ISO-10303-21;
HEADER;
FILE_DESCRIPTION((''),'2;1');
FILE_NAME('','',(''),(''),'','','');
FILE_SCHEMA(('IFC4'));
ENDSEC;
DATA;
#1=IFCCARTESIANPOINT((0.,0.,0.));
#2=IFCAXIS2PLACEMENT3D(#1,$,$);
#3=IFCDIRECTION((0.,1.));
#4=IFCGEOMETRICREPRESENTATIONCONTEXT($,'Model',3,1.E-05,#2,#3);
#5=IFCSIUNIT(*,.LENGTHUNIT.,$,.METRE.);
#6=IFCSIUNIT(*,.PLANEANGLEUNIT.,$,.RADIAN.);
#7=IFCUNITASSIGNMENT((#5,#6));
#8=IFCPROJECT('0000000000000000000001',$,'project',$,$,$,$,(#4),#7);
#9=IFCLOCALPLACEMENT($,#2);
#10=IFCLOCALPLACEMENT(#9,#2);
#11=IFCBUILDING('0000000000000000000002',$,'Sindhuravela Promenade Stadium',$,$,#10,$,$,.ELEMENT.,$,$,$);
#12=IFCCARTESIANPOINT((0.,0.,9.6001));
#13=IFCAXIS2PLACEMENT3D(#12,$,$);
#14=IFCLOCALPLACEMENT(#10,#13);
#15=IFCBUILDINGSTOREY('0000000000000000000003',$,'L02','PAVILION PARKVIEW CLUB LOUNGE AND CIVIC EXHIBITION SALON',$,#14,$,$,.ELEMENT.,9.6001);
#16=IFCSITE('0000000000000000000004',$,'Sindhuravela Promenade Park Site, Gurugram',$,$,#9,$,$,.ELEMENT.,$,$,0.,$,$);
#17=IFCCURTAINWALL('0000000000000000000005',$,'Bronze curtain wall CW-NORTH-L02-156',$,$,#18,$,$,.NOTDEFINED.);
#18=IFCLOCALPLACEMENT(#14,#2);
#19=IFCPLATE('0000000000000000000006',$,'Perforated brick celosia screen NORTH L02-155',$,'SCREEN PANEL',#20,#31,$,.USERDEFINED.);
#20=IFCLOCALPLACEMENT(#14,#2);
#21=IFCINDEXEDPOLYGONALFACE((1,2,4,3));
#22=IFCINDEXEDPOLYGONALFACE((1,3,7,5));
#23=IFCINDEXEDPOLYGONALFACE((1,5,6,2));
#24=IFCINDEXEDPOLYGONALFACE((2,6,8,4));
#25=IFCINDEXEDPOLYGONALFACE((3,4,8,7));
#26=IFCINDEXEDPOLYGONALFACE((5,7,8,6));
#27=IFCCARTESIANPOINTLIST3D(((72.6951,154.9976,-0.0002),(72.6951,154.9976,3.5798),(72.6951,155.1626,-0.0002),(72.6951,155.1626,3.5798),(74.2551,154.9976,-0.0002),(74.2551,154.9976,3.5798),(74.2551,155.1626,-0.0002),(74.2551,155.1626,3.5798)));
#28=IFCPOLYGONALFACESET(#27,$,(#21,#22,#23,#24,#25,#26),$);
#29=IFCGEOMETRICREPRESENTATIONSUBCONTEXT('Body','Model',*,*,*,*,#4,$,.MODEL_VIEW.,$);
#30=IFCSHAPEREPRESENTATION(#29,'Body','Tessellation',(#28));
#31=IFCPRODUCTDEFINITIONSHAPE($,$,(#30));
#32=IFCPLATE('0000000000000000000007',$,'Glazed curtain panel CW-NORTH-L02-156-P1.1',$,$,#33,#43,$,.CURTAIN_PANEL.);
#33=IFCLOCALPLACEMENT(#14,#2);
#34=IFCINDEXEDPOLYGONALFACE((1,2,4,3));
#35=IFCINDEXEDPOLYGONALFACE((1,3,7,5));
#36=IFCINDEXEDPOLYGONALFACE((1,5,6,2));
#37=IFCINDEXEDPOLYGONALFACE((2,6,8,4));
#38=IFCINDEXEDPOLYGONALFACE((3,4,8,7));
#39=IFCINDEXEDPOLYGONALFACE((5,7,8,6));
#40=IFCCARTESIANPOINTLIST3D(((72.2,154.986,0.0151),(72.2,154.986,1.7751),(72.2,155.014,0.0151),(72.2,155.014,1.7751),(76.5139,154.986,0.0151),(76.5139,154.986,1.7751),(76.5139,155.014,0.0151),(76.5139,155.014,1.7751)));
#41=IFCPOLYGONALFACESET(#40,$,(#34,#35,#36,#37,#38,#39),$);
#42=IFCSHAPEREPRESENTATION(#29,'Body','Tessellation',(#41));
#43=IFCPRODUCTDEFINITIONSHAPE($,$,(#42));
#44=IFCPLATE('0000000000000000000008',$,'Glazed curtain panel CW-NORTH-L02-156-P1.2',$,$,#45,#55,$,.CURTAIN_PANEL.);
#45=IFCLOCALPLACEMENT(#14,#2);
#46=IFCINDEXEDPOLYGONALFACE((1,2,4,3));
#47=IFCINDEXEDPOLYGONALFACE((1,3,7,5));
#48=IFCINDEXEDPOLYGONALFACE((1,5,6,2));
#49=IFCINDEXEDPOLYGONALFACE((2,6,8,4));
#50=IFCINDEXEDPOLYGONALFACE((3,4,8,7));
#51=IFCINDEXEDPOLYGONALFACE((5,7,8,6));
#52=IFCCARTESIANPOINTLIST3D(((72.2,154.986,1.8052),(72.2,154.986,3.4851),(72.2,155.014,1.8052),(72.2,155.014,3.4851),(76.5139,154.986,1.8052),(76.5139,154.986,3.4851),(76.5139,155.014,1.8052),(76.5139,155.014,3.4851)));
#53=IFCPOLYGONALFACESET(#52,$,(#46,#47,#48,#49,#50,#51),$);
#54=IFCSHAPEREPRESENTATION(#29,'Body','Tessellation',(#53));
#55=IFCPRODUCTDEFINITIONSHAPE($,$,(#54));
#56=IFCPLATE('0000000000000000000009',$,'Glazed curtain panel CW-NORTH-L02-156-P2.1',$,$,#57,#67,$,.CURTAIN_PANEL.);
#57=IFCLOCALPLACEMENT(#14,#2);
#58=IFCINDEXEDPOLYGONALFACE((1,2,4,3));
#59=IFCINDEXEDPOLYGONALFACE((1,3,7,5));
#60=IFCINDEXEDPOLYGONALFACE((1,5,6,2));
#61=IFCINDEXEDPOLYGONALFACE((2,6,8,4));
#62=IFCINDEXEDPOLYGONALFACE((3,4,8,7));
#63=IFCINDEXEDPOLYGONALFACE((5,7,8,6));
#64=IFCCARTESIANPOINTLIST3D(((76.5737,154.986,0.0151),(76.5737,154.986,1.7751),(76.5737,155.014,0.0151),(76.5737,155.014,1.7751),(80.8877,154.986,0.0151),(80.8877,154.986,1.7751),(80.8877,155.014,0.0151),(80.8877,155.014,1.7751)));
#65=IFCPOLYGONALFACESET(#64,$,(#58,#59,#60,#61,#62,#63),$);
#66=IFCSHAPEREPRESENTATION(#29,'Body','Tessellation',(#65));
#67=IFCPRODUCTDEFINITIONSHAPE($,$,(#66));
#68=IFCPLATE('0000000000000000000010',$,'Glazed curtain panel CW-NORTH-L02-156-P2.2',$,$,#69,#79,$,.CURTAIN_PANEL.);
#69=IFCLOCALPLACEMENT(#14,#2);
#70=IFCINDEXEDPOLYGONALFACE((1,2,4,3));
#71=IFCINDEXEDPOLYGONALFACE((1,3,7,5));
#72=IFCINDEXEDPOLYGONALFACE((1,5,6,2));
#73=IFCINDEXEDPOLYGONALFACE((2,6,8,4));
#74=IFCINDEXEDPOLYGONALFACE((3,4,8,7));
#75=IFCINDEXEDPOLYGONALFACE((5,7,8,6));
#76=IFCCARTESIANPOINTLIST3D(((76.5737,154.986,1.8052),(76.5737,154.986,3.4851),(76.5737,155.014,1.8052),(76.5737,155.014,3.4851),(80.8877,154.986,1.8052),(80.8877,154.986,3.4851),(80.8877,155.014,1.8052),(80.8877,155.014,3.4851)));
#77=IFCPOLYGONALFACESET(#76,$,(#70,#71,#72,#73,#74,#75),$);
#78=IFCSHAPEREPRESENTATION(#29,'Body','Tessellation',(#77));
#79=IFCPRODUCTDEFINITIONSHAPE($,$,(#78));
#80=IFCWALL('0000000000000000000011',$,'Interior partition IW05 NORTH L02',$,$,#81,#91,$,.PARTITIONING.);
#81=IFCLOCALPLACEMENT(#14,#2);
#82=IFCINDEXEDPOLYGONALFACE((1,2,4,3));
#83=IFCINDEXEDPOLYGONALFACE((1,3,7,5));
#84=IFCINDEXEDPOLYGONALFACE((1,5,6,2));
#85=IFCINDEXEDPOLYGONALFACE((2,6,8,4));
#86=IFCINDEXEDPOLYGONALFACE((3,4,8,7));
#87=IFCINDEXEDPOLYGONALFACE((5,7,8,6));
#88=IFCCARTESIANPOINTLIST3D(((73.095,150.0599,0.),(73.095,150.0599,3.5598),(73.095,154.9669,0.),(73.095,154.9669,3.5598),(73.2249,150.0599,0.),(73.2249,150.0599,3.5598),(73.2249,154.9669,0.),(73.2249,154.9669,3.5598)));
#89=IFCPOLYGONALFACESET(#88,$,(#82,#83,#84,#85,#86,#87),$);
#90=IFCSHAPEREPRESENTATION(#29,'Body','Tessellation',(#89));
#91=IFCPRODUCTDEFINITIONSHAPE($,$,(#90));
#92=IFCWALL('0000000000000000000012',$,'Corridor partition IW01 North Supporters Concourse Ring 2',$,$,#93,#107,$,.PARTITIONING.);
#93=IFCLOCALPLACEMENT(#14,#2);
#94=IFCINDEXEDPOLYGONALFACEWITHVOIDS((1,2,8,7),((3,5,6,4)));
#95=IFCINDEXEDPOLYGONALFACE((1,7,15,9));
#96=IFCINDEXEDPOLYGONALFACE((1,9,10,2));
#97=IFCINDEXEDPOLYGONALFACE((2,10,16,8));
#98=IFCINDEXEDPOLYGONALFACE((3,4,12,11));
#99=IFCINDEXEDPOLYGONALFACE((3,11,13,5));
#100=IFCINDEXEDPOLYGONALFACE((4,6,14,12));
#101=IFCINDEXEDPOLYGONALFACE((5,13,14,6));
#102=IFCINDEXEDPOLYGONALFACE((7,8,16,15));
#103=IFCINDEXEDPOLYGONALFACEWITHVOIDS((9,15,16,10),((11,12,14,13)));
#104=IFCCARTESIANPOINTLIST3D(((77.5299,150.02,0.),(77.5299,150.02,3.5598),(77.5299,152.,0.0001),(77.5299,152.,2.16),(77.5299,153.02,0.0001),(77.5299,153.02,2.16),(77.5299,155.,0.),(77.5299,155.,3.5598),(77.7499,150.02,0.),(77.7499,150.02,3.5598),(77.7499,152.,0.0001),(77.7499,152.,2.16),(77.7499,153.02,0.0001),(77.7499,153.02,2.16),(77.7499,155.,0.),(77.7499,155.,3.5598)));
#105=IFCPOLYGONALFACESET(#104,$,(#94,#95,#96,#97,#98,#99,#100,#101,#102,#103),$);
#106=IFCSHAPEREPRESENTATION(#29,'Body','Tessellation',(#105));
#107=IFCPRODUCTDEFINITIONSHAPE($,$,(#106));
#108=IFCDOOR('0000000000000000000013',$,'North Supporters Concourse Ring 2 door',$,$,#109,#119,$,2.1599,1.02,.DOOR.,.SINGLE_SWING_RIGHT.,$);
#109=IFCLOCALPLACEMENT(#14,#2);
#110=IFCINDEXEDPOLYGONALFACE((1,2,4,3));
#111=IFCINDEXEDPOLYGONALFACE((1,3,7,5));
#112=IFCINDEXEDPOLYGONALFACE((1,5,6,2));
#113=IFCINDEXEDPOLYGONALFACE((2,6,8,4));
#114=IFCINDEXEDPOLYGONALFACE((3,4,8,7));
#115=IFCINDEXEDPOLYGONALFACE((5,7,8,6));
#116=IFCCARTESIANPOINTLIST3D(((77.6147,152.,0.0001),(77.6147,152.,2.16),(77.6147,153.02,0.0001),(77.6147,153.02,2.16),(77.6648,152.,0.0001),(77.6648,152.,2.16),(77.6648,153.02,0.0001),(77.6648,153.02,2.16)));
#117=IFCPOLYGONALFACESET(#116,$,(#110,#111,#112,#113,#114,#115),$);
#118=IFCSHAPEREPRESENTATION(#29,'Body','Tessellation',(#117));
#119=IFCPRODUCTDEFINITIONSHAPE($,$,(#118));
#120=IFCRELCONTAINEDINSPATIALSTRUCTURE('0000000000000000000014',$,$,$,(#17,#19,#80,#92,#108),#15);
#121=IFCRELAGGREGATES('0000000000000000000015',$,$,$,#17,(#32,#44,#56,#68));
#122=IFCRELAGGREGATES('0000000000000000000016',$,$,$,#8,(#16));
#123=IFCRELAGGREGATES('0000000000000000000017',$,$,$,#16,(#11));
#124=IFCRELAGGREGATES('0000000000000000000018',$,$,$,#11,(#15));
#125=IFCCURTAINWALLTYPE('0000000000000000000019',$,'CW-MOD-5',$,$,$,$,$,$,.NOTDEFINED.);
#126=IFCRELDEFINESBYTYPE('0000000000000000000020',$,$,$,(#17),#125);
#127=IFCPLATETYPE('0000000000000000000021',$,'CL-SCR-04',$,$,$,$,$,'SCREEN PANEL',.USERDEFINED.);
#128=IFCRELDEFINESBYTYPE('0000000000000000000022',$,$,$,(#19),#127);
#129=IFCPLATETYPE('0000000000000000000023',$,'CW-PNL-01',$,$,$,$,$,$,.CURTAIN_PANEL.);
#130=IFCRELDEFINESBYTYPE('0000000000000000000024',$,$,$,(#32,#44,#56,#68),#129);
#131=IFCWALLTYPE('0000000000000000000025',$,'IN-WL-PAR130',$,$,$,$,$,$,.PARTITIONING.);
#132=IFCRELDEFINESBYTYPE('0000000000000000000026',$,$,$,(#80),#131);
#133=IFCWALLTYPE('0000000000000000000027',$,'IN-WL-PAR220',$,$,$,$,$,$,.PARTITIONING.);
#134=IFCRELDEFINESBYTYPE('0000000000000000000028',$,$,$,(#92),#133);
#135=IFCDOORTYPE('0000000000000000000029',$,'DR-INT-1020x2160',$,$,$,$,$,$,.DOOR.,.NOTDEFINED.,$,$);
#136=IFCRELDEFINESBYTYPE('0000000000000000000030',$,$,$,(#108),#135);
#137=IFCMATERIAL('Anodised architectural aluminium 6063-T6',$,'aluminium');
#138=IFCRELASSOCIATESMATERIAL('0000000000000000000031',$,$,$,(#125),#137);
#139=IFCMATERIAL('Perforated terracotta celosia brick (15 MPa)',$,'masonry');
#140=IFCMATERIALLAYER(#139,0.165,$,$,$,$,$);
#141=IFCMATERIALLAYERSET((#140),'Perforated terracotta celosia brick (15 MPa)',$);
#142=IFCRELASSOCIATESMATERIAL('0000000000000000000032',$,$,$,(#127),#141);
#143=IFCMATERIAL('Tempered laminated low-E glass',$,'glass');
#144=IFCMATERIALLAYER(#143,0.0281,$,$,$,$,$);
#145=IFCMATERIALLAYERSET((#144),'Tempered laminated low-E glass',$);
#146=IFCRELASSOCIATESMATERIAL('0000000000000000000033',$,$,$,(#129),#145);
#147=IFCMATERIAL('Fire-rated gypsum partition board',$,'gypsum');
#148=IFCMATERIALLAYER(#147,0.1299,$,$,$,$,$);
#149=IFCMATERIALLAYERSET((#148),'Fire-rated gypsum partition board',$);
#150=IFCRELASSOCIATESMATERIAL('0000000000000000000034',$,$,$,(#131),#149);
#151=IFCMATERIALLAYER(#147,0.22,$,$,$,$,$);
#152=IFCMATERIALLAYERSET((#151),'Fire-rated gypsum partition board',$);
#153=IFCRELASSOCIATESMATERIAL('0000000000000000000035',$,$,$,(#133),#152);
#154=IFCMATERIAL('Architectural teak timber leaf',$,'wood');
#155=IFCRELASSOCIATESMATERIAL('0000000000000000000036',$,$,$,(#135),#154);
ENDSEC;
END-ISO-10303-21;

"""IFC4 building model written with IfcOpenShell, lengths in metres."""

from ifc_helpers import new_model, si_unit, direction, frame, frame_2d, origin, origin_2d, place, context, subcontext, project, spatial, rectangle, extrude, material, layer, layer_set, type_object, element, fill, aggregate, save


model = new_model("IFC4")

# Units and contexts
model_context = context("Model", 3, precision=1e-05, world=origin(), true_north=direction((0.0, 1.0)))
body_context = subcontext(model_context, "Body", "Model", "MODEL_VIEW")
ifc_project = project(units=[si_unit("LENGTHUNIT", "METRE"), si_unit("PLANEANGLEUNIT", "RADIAN")], contexts=[model_context])

# Site, building, storey
site_placement = place(None, origin())
site = spatial("IfcSite", under=ifc_project, at=site_placement, Name="Sindhuravela Promenade Park Site, Gurugram", CompositionType="ELEMENT", RefElevation=0.0)
building_placement = place(site_placement, origin())
building = spatial("IfcBuilding", under=site, at=building_placement, Name="Sindhuravela Promenade Stadium", CompositionType="ELEMENT")
storey_placement = place(building_placement, frame((0.0, 0.0, 9.6001)))
storey = spatial("IfcBuildingStorey", under=building, at=storey_placement, Name="L02", Description="PAVILION PARKVIEW CLUB LOUNGE AND CIVIC EXHIBITION SALON", CompositionType="ELEMENT", Elevation=9.6001)

# Curtain wall
ifc_material_1 = material(Name="Anodised architectural aluminium 6063-T6", Category="aluminium")
curtain_wall_type_1 = type_object("IfcCurtainWallType", Name="CW-MOD-5", PredefinedType="NOTDEFINED", material=ifc_material_1)
curtain_wall_1_placement = place(storey_placement, origin())
curtain_wall_1 = element("IfcCurtainWall", 1, at=curtain_wall_1_placement, inside=storey, type_object=curtain_wall_type_1, Name="Bronze curtain wall CW-NORTH-L02-156", PredefinedType="NOTDEFINED")

# Plate
ifc_material_2 = material(Name="Perforated terracotta celosia brick (15 MPa)", Category="masonry")
ifc_layer_1 = layer(ifc_material_2, 0.165)
ifc_layer_set_1 = layer_set([ifc_layer_1], Name="Perforated terracotta celosia brick (15 MPa)")
plate_type_1 = type_object("IfcPlateType", Name="CL-SCR-04", ElementType="SCREEN PANEL", PredefinedType="USERDEFINED", material=ifc_layer_set_1)
plate_1_placement = place(storey_placement, frame((73.4751, 155.0801, -0.0002), z_axis=(0.0, 0.0, 1.0), x_axis=(1.0, 0.0, 0.0)))
element("IfcPlate", 2, at=plate_1_placement, inside=storey, type_object=plate_type_1, Name="Perforated brick celosia screen NORTH L02-155", ObjectType="SCREEN PANEL", PredefinedType="USERDEFINED", context=body_context, shape_type="SweptSolid", body=[
    extrude(rectangle(XDim=1.5601, YDim=0.165, at=origin_2d()), origin(), (0.0, 0.0, 1.0), 3.5801),
])

# Plates
ifc_material_3 = material(Name="Tempered laminated low-E glass", Category="glass")
ifc_layer_2 = layer(ifc_material_3, 0.0281)
ifc_layer_set_2 = layer_set([ifc_layer_2], Name="Tempered laminated low-E glass")
plate_type_2 = type_object("IfcPlateType", Name="CW-PNL-01", PredefinedType="CURTAIN_PANEL", material=ifc_layer_set_2)
plate_2_placement = place(storey_placement, frame((74.3569, 155.0, 0.0151), z_axis=(0.0, 0.0, 1.0), x_axis=(1.0, 0.0, 0.0)))
plate_2 = element("IfcPlate", 3, at=plate_2_placement, type_object=plate_type_2, Name="Glazed curtain panel CW-NORTH-L02-156-P1.1", PredefinedType="CURTAIN_PANEL", context=body_context, shape_type="SweptSolid", body=[
    extrude(rectangle(XDim=4.314, YDim=0.0281, at=origin_2d()), origin(), (0.0, 0.0, 1.0), 1.76),
])
plate_3_placement = place(storey_placement, frame((74.3569, 155.0, 1.8052), z_axis=(0.0, 0.0, 1.0), x_axis=(1.0, 0.0, 0.0)))
plate_3 = element("IfcPlate", 4, at=plate_3_placement, type_object=plate_type_2, Name="Glazed curtain panel CW-NORTH-L02-156-P1.2", PredefinedType="CURTAIN_PANEL", context=body_context, shape_type="SweptSolid", body=[
    extrude(rectangle(XDim=4.314, YDim=0.0281, at=origin_2d()), origin(), (0.0, 0.0, 1.0), 1.6799),
])
plate_4_placement = place(storey_placement, frame((78.7307, 155.0, 0.0151), z_axis=(0.0, 0.0, 1.0), x_axis=(1.0, 0.0, 0.0)))
plate_4 = element("IfcPlate", 5, at=plate_4_placement, type_object=plate_type_2, Name="Glazed curtain panel CW-NORTH-L02-156-P2.1", PredefinedType="CURTAIN_PANEL", context=body_context, shape_type="SweptSolid", body=[
    extrude(rectangle(XDim=4.314, YDim=0.0281, at=origin_2d()), origin(), (0.0, 0.0, 1.0), 1.76),
])
plate_5_placement = place(storey_placement, frame((78.7307, 155.0, 1.8052), z_axis=(0.0, 0.0, 1.0), x_axis=(1.0, 0.0, 0.0)))
plate_5 = element("IfcPlate", 6, at=plate_5_placement, type_object=plate_type_2, Name="Glazed curtain panel CW-NORTH-L02-156-P2.2", PredefinedType="CURTAIN_PANEL", context=body_context, shape_type="SweptSolid", body=[
    extrude(rectangle(XDim=4.314, YDim=0.0281, at=origin_2d()), origin(), (0.0, 0.0, 1.0), 1.6799),
])
aggregate(curtain_wall_1, [plate_2, plate_3, plate_4, plate_5])

# Wall
ifc_material_4 = material(Name="Fire-rated gypsum partition board", Category="gypsum")
ifc_layer_3 = layer(ifc_material_4, 0.1299)
ifc_layer_set_3 = layer_set([ifc_layer_3], Name="Fire-rated gypsum partition board")
wall_type_1 = type_object("IfcWallType", Name="IN-WL-PAR130", PredefinedType="PARTITIONING", material=ifc_layer_set_3)
wall_1_placement = place(storey_placement, frame((73.1599, 154.967, 0.0), z_axis=(0.0, 0.0, 1.0), x_axis=(0.0, -1.0, 0.0)))
element("IfcWall", 7, at=wall_1_placement, inside=storey, type_object=wall_type_1, Name="Interior partition IW05 NORTH L02", PredefinedType="PARTITIONING", context=body_context, shape_type="SweptSolid", body=[
    extrude(rectangle(XDim=4.907, YDim=0.1299, at=frame_2d((2.4536, 0.0))), origin(), (0.0, 0.0, 1.0), 3.5598),
])

# Wall, opening, door
ifc_layer_4 = layer(ifc_material_4, 0.22)
ifc_layer_set_4 = layer_set([ifc_layer_4], Name="Fire-rated gypsum partition board")
wall_type_2 = type_object("IfcWallType", Name="IN-WL-PAR220", PredefinedType="PARTITIONING", material=ifc_layer_set_4)
wall_2_placement = place(storey_placement, frame((77.6399, 155.0, 0.0), z_axis=(0.0, 0.0, 1.0), x_axis=(0.0, -1.0, 0.0)))
wall_2 = element("IfcWall", 8, at=wall_2_placement, inside=storey, type_object=wall_type_2, Name="Corridor partition IW01 North Supporters Concourse Ring 2", PredefinedType="PARTITIONING", context=body_context, shape_type="SweptSolid", body=[
    extrude(rectangle(XDim=4.98, YDim=0.22, at=frame_2d((2.49, 0.0))), origin(), (0.0, 0.0, 1.0), 3.5598),
])
opening_placement = place(wall_2_placement, frame((1.98, 0.0, 0.0)))
opening = element("IfcOpeningElement", 9, at=opening_placement, cuts=wall_2, PredefinedType="OPENING", context=body_context, shape_type="SweptSolid", body=[
    extrude(rectangle(XDim=1.02, YDim=2.1599, at=frame_2d((0.51, 1.0801))), frame((0.0, 0.1199, 0.0), z_axis=(0.0, -1.0, 0.0), x_axis=(1.0, 0.0, 0.0)), (0.0, 0.0, 1.0), 0.24),
])
ifc_material_5 = material(Name="Architectural teak timber leaf", Category="wood")
door_type = type_object("IfcDoorType", Name="DR-INT-1020x2160", OperationType="NOTDEFINED", PredefinedType="DOOR", material=ifc_material_5)
door_placement = place(opening_placement, origin())
door = element("IfcDoor", 10, at=door_placement, inside=storey, type_object=door_type, Name="North Supporters Concourse Ring 2 door", OperationType="SINGLE_SWING_RIGHT", OverallHeight=2.1599, OverallWidth=1.02, PredefinedType="DOOR", context=body_context, shape_type="SweptSolid", body=[
    extrude(rectangle(XDim=1.02, YDim=2.1599, at=frame_2d((0.51, 1.0801))), frame((0.0, 0.0249, 0.0), z_axis=(0.0, -1.0, 0.0), x_axis=(1.0, 0.0, 0.0)), (0.0, 0.0, 1.0), 0.05),
])
fill(opening, door)

save(model, "model.ifc")
